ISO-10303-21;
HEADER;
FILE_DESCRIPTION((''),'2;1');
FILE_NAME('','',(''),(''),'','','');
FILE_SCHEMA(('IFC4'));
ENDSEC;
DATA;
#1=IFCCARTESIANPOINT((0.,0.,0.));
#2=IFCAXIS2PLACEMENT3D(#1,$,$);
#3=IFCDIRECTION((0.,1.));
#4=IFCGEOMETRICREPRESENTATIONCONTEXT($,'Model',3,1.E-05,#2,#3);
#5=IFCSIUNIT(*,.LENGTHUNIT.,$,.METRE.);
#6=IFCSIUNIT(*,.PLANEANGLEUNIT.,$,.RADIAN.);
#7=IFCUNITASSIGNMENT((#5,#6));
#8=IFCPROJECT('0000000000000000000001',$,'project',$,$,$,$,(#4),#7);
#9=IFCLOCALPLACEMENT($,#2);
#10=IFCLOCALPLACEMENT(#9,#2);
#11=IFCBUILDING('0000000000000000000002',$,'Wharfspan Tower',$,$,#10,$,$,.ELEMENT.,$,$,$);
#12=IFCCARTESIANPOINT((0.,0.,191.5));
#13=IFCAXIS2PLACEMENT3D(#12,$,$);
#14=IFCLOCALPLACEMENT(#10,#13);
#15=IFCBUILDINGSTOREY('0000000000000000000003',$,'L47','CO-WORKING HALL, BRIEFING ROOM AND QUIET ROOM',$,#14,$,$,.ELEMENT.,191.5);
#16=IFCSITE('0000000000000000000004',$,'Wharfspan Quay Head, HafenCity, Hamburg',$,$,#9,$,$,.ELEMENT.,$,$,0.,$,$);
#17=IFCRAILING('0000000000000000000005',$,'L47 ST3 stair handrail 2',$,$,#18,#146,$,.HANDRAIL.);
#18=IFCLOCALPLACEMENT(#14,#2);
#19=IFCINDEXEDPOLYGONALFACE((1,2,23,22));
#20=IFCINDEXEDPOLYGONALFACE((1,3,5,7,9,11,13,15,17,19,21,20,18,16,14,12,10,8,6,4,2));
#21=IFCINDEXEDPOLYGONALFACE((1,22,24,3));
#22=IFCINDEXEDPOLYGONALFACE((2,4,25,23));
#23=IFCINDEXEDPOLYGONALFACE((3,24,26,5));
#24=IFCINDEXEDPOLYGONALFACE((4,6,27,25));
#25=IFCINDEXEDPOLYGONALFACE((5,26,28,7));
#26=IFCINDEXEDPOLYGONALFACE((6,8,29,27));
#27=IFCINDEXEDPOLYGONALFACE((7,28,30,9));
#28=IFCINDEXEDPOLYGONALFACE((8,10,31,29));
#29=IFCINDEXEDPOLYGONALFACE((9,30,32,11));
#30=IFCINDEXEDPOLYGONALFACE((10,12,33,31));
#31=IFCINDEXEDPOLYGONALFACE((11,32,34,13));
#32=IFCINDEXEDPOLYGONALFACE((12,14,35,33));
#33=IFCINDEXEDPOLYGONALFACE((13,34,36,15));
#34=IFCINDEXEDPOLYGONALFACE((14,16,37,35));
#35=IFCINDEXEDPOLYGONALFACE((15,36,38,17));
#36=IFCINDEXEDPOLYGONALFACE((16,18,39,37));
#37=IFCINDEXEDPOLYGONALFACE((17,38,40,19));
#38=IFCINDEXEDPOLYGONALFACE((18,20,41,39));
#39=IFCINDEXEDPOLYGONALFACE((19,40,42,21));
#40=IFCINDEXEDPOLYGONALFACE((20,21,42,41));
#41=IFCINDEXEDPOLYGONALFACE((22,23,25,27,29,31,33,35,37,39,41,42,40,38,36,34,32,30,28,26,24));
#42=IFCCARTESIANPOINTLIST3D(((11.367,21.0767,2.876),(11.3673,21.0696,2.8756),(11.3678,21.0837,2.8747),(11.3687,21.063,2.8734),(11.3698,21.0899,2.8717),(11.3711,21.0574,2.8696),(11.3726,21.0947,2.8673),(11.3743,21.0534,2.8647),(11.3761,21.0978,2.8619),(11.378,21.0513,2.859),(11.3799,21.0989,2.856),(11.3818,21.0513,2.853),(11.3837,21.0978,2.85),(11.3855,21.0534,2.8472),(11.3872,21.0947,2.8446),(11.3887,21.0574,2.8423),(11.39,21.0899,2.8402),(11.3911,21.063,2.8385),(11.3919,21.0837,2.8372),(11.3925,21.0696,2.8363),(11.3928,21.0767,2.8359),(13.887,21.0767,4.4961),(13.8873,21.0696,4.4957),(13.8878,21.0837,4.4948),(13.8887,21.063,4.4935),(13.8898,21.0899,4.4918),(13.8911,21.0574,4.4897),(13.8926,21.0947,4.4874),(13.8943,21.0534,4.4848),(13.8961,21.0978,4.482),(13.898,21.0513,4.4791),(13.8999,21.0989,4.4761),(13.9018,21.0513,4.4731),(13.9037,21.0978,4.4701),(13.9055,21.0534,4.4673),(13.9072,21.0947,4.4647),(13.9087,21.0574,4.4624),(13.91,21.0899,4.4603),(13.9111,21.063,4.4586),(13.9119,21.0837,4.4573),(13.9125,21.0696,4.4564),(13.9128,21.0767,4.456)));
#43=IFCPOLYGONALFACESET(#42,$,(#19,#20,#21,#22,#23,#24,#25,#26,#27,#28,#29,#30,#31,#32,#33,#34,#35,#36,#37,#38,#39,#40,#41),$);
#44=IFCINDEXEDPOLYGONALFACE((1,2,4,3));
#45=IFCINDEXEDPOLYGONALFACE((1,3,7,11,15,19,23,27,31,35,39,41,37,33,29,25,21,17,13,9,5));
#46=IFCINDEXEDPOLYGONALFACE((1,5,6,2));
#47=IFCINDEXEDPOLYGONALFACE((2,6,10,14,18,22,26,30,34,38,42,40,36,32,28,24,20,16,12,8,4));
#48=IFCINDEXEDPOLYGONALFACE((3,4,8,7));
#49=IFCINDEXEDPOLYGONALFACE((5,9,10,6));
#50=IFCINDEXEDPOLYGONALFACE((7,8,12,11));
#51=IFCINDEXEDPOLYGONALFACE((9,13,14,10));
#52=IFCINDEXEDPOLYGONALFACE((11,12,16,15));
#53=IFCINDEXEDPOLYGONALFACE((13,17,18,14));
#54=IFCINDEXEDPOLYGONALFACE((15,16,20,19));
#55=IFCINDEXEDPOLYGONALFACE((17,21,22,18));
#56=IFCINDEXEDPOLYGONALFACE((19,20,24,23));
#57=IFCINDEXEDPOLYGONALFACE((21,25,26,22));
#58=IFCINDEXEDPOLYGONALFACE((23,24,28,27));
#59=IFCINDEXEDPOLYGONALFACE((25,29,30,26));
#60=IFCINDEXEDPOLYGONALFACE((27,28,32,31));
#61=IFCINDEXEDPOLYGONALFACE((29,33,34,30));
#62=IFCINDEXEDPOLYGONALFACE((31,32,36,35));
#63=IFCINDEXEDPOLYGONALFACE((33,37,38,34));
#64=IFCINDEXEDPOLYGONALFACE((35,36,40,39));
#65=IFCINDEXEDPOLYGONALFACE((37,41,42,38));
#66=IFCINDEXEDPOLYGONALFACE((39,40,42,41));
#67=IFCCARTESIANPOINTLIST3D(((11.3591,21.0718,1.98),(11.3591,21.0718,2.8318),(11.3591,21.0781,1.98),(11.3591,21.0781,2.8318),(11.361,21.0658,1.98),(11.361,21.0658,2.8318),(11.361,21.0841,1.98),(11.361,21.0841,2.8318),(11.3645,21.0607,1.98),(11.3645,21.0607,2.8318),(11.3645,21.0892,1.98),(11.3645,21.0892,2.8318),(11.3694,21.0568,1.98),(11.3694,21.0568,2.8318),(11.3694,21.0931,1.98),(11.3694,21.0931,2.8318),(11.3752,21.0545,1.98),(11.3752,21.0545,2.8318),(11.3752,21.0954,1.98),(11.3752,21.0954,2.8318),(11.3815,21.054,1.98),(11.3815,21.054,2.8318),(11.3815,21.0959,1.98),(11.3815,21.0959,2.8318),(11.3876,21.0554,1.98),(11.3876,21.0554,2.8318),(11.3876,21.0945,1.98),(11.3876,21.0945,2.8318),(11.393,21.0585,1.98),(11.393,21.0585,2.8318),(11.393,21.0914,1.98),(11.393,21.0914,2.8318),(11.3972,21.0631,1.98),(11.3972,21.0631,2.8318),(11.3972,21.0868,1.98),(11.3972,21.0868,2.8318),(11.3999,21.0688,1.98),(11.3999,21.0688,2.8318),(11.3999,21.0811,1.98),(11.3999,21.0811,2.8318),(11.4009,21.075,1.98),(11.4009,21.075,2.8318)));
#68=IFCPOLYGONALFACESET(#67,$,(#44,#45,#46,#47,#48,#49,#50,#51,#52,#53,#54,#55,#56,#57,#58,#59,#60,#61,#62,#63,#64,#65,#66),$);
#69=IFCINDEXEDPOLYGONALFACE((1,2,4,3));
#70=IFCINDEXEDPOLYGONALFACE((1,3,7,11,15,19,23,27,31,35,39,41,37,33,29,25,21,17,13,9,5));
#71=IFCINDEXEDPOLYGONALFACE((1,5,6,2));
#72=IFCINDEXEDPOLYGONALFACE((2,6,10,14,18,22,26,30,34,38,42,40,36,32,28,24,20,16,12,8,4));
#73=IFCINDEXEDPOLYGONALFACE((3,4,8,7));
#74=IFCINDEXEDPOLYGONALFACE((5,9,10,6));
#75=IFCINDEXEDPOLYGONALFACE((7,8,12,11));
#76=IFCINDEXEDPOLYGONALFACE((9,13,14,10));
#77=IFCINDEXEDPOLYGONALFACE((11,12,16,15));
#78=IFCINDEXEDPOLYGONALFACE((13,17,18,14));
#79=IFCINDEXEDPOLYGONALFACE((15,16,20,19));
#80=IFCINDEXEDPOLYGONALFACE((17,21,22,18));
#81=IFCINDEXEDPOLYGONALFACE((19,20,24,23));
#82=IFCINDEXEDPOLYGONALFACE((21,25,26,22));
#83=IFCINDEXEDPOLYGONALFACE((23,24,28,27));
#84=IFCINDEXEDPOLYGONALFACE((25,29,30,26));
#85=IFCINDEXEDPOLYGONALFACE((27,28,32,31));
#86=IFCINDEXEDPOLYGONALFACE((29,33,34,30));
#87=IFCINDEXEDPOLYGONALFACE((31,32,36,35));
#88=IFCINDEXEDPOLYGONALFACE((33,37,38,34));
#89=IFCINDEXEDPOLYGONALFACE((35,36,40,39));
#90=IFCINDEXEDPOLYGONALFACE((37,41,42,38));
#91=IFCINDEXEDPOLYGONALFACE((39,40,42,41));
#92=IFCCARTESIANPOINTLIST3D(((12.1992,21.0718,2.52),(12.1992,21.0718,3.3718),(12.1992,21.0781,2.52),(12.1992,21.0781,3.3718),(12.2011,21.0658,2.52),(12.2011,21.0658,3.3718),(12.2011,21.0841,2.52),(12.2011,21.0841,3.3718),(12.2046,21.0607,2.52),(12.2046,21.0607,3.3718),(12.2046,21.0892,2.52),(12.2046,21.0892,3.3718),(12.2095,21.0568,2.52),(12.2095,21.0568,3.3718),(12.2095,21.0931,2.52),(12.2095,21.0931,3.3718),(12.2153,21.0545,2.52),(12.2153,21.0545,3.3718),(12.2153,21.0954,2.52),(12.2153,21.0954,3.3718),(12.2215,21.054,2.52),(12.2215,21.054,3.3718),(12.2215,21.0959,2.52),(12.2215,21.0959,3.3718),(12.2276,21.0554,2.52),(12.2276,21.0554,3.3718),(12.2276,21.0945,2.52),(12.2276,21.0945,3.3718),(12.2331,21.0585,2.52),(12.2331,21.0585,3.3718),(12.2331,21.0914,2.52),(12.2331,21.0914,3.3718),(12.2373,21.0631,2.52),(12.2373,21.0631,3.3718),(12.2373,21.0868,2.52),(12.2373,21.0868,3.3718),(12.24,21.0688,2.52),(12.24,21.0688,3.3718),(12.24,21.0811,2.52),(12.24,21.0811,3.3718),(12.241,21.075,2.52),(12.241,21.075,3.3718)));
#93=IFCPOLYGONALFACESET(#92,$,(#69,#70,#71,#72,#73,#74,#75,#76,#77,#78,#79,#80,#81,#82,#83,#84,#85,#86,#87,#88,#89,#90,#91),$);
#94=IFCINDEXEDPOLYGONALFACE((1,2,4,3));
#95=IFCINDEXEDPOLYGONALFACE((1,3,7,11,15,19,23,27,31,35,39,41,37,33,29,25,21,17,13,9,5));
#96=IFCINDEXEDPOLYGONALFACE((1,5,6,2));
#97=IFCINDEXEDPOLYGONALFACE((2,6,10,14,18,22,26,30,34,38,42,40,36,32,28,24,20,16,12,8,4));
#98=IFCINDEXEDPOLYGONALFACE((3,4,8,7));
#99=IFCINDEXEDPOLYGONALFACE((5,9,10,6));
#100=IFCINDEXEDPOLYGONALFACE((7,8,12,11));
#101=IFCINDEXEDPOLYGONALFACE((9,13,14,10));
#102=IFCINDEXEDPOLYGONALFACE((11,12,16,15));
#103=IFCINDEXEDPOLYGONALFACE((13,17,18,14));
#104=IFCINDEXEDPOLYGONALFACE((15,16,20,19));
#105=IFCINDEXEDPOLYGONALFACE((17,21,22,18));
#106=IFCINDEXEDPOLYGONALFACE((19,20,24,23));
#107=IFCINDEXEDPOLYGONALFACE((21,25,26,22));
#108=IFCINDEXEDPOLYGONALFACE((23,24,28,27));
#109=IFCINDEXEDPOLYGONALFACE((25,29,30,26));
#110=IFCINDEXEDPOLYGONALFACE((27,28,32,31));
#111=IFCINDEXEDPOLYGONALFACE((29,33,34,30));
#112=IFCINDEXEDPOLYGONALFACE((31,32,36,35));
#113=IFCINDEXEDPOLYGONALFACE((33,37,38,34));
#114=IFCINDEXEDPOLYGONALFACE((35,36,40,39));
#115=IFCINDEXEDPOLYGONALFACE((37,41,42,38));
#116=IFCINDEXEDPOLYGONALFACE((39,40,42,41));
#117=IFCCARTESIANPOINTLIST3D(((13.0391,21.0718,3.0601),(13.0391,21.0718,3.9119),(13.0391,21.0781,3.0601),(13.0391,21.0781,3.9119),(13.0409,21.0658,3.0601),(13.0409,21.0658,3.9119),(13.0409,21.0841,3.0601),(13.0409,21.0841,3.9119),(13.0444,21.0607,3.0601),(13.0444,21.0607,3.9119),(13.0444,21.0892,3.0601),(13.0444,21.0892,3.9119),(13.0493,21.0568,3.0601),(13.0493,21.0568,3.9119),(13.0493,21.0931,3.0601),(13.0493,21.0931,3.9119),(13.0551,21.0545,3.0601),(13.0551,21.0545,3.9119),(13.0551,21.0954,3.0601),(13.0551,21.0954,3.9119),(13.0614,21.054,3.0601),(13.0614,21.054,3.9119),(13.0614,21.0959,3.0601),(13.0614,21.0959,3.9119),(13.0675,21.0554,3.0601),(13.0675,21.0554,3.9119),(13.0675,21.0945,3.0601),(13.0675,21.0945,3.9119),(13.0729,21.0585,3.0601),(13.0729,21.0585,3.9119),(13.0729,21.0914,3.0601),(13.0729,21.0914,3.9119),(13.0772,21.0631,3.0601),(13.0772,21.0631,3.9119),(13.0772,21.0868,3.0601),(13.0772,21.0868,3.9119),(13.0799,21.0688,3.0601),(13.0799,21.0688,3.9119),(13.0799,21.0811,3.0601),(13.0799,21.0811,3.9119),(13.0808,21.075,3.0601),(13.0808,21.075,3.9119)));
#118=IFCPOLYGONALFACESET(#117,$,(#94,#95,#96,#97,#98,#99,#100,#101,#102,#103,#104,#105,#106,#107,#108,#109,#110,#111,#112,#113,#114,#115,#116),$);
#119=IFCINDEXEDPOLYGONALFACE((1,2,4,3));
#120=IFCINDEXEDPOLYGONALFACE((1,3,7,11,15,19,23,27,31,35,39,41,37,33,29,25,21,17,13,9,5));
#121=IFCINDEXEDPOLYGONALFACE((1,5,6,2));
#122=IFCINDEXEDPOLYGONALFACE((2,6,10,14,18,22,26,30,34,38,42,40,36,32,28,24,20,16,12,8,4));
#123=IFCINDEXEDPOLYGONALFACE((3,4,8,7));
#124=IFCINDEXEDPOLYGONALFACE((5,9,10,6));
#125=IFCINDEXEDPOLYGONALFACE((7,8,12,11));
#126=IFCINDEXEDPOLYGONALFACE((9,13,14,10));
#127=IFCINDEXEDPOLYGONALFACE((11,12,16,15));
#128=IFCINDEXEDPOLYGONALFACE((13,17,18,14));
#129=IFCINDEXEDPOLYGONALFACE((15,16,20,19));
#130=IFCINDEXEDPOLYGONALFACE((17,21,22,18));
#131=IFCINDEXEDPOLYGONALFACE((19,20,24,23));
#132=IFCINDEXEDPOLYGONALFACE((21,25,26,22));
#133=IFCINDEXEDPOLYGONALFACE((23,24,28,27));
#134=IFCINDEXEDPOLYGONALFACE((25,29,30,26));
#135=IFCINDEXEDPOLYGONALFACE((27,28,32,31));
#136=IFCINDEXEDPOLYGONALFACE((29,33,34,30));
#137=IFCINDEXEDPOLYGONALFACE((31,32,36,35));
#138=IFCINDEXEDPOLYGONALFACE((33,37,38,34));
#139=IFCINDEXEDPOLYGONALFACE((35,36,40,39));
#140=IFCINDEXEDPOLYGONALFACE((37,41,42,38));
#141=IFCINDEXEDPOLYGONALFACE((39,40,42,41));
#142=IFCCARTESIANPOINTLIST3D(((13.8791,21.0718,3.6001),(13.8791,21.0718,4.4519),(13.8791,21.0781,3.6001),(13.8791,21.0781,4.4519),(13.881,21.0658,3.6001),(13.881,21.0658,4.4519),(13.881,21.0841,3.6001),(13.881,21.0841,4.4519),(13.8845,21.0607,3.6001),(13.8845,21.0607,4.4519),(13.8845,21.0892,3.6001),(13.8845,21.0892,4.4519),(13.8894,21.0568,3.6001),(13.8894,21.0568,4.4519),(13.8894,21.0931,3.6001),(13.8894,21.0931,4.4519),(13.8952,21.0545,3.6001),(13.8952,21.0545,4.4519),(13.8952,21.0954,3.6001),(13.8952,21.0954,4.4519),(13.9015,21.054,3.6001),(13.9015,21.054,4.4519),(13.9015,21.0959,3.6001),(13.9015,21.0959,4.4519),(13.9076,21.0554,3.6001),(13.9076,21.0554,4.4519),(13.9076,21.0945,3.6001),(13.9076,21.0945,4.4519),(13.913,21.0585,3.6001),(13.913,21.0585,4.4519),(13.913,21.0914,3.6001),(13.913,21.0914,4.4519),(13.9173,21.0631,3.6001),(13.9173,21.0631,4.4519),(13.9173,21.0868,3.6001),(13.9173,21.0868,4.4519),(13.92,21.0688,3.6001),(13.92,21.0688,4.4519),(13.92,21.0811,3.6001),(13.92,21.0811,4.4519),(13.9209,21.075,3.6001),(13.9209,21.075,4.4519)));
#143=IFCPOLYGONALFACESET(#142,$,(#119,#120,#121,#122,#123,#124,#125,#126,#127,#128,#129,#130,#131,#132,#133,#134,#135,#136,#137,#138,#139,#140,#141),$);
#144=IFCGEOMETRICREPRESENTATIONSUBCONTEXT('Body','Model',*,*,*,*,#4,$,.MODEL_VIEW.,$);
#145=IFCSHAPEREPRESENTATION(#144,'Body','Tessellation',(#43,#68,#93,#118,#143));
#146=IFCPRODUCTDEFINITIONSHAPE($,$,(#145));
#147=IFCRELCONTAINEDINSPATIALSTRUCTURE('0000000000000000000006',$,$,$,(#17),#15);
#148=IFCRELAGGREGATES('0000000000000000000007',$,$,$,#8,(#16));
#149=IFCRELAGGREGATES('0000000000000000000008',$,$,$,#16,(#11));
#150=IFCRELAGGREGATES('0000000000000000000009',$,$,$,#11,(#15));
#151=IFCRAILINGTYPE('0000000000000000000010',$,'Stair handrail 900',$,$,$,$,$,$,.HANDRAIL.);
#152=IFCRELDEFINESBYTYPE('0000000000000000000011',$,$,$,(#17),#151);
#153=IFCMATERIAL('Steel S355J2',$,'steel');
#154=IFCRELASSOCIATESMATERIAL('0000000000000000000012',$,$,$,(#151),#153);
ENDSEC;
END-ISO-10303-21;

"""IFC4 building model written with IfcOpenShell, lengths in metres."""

from ifc_helpers import new_model, si_unit, direction, frame, origin, origin_2d, place, context, subcontext, project, spatial, circle, extrude, material, type_object, element, save


model = new_model("IFC4")

# Units and contexts
model_context = context("Model", 3, precision=1e-05, world=origin(), true_north=direction((0.0, 1.0)))
body_context = subcontext(model_context, "Body", "Model", "MODEL_VIEW")
ifc_project = project(units=[si_unit("LENGTHUNIT", "METRE"), si_unit("PLANEANGLEUNIT", "RADIAN")], contexts=[model_context])

# Site, building, storey
site_placement = place(None, origin())
site = spatial("IfcSite", under=ifc_project, at=site_placement, Name="Wharfspan Quay Head, HafenCity, Hamburg", CompositionType="ELEMENT", RefElevation=0.0)
building_placement = place(site_placement, origin())
building = spatial("IfcBuilding", under=site, at=building_placement, Name="Wharfspan Tower", CompositionType="ELEMENT")
storey_placement = place(building_placement, frame((0.0, 0.0, 191.5)))
storey = spatial("IfcBuildingStorey", under=building, at=storey_placement, Name="L47", Description="CO-WORKING HALL, BRIEFING ROOM AND QUIET ROOM", CompositionType="ELEMENT", Elevation=191.5)

# Shared definitions
ifc_material_1 = material(Name="Steel S355J2", Category="steel")

# Railing
railing_type_1 = type_object("IfcRailingType", Name="Stair handrail 900", PredefinedType="HANDRAIL", material=ifc_material_1)
railing_1_placement = place(storey_placement, frame((11.3799, 21.075, 1.98)))
element("IfcRailing", 1, at=railing_1_placement, inside=storey, type_object=railing_type_1, Name="L47 ST3 stair handrail 2", PredefinedType="HANDRAIL", context=body_context, shape_type="SweptSolid", body=[
    extrude(circle(Radius=0.0239, at=origin_2d()), frame((0.0, 0.0, 0.876), z_axis=(0.841163, 0.0, 0.540782), x_axis=(0.0, 1.0, 0.0)), (0.0, 0.0, 1.0), 2.9958),
    extrude(circle(Radius=0.021, at=origin_2d()), origin(), (0.0, 0.0, 1.0), 0.8518),
    extrude(circle(Radius=0.021, at=origin_2d()), frame((0.8401, 0.0, 0.54)), (0.0, 0.0, 1.0), 0.8518),
    extrude(circle(Radius=0.021, at=origin_2d()), frame((1.6799, 0.0, 1.0801)), (0.0, 0.0, 1.0), 0.8518),
    extrude(circle(Radius=0.021, at=origin_2d()), frame((2.52, 0.0, 1.6201)), (0.0, 0.0, 1.0), 0.8518),
])

save(model, "model.ifc")
